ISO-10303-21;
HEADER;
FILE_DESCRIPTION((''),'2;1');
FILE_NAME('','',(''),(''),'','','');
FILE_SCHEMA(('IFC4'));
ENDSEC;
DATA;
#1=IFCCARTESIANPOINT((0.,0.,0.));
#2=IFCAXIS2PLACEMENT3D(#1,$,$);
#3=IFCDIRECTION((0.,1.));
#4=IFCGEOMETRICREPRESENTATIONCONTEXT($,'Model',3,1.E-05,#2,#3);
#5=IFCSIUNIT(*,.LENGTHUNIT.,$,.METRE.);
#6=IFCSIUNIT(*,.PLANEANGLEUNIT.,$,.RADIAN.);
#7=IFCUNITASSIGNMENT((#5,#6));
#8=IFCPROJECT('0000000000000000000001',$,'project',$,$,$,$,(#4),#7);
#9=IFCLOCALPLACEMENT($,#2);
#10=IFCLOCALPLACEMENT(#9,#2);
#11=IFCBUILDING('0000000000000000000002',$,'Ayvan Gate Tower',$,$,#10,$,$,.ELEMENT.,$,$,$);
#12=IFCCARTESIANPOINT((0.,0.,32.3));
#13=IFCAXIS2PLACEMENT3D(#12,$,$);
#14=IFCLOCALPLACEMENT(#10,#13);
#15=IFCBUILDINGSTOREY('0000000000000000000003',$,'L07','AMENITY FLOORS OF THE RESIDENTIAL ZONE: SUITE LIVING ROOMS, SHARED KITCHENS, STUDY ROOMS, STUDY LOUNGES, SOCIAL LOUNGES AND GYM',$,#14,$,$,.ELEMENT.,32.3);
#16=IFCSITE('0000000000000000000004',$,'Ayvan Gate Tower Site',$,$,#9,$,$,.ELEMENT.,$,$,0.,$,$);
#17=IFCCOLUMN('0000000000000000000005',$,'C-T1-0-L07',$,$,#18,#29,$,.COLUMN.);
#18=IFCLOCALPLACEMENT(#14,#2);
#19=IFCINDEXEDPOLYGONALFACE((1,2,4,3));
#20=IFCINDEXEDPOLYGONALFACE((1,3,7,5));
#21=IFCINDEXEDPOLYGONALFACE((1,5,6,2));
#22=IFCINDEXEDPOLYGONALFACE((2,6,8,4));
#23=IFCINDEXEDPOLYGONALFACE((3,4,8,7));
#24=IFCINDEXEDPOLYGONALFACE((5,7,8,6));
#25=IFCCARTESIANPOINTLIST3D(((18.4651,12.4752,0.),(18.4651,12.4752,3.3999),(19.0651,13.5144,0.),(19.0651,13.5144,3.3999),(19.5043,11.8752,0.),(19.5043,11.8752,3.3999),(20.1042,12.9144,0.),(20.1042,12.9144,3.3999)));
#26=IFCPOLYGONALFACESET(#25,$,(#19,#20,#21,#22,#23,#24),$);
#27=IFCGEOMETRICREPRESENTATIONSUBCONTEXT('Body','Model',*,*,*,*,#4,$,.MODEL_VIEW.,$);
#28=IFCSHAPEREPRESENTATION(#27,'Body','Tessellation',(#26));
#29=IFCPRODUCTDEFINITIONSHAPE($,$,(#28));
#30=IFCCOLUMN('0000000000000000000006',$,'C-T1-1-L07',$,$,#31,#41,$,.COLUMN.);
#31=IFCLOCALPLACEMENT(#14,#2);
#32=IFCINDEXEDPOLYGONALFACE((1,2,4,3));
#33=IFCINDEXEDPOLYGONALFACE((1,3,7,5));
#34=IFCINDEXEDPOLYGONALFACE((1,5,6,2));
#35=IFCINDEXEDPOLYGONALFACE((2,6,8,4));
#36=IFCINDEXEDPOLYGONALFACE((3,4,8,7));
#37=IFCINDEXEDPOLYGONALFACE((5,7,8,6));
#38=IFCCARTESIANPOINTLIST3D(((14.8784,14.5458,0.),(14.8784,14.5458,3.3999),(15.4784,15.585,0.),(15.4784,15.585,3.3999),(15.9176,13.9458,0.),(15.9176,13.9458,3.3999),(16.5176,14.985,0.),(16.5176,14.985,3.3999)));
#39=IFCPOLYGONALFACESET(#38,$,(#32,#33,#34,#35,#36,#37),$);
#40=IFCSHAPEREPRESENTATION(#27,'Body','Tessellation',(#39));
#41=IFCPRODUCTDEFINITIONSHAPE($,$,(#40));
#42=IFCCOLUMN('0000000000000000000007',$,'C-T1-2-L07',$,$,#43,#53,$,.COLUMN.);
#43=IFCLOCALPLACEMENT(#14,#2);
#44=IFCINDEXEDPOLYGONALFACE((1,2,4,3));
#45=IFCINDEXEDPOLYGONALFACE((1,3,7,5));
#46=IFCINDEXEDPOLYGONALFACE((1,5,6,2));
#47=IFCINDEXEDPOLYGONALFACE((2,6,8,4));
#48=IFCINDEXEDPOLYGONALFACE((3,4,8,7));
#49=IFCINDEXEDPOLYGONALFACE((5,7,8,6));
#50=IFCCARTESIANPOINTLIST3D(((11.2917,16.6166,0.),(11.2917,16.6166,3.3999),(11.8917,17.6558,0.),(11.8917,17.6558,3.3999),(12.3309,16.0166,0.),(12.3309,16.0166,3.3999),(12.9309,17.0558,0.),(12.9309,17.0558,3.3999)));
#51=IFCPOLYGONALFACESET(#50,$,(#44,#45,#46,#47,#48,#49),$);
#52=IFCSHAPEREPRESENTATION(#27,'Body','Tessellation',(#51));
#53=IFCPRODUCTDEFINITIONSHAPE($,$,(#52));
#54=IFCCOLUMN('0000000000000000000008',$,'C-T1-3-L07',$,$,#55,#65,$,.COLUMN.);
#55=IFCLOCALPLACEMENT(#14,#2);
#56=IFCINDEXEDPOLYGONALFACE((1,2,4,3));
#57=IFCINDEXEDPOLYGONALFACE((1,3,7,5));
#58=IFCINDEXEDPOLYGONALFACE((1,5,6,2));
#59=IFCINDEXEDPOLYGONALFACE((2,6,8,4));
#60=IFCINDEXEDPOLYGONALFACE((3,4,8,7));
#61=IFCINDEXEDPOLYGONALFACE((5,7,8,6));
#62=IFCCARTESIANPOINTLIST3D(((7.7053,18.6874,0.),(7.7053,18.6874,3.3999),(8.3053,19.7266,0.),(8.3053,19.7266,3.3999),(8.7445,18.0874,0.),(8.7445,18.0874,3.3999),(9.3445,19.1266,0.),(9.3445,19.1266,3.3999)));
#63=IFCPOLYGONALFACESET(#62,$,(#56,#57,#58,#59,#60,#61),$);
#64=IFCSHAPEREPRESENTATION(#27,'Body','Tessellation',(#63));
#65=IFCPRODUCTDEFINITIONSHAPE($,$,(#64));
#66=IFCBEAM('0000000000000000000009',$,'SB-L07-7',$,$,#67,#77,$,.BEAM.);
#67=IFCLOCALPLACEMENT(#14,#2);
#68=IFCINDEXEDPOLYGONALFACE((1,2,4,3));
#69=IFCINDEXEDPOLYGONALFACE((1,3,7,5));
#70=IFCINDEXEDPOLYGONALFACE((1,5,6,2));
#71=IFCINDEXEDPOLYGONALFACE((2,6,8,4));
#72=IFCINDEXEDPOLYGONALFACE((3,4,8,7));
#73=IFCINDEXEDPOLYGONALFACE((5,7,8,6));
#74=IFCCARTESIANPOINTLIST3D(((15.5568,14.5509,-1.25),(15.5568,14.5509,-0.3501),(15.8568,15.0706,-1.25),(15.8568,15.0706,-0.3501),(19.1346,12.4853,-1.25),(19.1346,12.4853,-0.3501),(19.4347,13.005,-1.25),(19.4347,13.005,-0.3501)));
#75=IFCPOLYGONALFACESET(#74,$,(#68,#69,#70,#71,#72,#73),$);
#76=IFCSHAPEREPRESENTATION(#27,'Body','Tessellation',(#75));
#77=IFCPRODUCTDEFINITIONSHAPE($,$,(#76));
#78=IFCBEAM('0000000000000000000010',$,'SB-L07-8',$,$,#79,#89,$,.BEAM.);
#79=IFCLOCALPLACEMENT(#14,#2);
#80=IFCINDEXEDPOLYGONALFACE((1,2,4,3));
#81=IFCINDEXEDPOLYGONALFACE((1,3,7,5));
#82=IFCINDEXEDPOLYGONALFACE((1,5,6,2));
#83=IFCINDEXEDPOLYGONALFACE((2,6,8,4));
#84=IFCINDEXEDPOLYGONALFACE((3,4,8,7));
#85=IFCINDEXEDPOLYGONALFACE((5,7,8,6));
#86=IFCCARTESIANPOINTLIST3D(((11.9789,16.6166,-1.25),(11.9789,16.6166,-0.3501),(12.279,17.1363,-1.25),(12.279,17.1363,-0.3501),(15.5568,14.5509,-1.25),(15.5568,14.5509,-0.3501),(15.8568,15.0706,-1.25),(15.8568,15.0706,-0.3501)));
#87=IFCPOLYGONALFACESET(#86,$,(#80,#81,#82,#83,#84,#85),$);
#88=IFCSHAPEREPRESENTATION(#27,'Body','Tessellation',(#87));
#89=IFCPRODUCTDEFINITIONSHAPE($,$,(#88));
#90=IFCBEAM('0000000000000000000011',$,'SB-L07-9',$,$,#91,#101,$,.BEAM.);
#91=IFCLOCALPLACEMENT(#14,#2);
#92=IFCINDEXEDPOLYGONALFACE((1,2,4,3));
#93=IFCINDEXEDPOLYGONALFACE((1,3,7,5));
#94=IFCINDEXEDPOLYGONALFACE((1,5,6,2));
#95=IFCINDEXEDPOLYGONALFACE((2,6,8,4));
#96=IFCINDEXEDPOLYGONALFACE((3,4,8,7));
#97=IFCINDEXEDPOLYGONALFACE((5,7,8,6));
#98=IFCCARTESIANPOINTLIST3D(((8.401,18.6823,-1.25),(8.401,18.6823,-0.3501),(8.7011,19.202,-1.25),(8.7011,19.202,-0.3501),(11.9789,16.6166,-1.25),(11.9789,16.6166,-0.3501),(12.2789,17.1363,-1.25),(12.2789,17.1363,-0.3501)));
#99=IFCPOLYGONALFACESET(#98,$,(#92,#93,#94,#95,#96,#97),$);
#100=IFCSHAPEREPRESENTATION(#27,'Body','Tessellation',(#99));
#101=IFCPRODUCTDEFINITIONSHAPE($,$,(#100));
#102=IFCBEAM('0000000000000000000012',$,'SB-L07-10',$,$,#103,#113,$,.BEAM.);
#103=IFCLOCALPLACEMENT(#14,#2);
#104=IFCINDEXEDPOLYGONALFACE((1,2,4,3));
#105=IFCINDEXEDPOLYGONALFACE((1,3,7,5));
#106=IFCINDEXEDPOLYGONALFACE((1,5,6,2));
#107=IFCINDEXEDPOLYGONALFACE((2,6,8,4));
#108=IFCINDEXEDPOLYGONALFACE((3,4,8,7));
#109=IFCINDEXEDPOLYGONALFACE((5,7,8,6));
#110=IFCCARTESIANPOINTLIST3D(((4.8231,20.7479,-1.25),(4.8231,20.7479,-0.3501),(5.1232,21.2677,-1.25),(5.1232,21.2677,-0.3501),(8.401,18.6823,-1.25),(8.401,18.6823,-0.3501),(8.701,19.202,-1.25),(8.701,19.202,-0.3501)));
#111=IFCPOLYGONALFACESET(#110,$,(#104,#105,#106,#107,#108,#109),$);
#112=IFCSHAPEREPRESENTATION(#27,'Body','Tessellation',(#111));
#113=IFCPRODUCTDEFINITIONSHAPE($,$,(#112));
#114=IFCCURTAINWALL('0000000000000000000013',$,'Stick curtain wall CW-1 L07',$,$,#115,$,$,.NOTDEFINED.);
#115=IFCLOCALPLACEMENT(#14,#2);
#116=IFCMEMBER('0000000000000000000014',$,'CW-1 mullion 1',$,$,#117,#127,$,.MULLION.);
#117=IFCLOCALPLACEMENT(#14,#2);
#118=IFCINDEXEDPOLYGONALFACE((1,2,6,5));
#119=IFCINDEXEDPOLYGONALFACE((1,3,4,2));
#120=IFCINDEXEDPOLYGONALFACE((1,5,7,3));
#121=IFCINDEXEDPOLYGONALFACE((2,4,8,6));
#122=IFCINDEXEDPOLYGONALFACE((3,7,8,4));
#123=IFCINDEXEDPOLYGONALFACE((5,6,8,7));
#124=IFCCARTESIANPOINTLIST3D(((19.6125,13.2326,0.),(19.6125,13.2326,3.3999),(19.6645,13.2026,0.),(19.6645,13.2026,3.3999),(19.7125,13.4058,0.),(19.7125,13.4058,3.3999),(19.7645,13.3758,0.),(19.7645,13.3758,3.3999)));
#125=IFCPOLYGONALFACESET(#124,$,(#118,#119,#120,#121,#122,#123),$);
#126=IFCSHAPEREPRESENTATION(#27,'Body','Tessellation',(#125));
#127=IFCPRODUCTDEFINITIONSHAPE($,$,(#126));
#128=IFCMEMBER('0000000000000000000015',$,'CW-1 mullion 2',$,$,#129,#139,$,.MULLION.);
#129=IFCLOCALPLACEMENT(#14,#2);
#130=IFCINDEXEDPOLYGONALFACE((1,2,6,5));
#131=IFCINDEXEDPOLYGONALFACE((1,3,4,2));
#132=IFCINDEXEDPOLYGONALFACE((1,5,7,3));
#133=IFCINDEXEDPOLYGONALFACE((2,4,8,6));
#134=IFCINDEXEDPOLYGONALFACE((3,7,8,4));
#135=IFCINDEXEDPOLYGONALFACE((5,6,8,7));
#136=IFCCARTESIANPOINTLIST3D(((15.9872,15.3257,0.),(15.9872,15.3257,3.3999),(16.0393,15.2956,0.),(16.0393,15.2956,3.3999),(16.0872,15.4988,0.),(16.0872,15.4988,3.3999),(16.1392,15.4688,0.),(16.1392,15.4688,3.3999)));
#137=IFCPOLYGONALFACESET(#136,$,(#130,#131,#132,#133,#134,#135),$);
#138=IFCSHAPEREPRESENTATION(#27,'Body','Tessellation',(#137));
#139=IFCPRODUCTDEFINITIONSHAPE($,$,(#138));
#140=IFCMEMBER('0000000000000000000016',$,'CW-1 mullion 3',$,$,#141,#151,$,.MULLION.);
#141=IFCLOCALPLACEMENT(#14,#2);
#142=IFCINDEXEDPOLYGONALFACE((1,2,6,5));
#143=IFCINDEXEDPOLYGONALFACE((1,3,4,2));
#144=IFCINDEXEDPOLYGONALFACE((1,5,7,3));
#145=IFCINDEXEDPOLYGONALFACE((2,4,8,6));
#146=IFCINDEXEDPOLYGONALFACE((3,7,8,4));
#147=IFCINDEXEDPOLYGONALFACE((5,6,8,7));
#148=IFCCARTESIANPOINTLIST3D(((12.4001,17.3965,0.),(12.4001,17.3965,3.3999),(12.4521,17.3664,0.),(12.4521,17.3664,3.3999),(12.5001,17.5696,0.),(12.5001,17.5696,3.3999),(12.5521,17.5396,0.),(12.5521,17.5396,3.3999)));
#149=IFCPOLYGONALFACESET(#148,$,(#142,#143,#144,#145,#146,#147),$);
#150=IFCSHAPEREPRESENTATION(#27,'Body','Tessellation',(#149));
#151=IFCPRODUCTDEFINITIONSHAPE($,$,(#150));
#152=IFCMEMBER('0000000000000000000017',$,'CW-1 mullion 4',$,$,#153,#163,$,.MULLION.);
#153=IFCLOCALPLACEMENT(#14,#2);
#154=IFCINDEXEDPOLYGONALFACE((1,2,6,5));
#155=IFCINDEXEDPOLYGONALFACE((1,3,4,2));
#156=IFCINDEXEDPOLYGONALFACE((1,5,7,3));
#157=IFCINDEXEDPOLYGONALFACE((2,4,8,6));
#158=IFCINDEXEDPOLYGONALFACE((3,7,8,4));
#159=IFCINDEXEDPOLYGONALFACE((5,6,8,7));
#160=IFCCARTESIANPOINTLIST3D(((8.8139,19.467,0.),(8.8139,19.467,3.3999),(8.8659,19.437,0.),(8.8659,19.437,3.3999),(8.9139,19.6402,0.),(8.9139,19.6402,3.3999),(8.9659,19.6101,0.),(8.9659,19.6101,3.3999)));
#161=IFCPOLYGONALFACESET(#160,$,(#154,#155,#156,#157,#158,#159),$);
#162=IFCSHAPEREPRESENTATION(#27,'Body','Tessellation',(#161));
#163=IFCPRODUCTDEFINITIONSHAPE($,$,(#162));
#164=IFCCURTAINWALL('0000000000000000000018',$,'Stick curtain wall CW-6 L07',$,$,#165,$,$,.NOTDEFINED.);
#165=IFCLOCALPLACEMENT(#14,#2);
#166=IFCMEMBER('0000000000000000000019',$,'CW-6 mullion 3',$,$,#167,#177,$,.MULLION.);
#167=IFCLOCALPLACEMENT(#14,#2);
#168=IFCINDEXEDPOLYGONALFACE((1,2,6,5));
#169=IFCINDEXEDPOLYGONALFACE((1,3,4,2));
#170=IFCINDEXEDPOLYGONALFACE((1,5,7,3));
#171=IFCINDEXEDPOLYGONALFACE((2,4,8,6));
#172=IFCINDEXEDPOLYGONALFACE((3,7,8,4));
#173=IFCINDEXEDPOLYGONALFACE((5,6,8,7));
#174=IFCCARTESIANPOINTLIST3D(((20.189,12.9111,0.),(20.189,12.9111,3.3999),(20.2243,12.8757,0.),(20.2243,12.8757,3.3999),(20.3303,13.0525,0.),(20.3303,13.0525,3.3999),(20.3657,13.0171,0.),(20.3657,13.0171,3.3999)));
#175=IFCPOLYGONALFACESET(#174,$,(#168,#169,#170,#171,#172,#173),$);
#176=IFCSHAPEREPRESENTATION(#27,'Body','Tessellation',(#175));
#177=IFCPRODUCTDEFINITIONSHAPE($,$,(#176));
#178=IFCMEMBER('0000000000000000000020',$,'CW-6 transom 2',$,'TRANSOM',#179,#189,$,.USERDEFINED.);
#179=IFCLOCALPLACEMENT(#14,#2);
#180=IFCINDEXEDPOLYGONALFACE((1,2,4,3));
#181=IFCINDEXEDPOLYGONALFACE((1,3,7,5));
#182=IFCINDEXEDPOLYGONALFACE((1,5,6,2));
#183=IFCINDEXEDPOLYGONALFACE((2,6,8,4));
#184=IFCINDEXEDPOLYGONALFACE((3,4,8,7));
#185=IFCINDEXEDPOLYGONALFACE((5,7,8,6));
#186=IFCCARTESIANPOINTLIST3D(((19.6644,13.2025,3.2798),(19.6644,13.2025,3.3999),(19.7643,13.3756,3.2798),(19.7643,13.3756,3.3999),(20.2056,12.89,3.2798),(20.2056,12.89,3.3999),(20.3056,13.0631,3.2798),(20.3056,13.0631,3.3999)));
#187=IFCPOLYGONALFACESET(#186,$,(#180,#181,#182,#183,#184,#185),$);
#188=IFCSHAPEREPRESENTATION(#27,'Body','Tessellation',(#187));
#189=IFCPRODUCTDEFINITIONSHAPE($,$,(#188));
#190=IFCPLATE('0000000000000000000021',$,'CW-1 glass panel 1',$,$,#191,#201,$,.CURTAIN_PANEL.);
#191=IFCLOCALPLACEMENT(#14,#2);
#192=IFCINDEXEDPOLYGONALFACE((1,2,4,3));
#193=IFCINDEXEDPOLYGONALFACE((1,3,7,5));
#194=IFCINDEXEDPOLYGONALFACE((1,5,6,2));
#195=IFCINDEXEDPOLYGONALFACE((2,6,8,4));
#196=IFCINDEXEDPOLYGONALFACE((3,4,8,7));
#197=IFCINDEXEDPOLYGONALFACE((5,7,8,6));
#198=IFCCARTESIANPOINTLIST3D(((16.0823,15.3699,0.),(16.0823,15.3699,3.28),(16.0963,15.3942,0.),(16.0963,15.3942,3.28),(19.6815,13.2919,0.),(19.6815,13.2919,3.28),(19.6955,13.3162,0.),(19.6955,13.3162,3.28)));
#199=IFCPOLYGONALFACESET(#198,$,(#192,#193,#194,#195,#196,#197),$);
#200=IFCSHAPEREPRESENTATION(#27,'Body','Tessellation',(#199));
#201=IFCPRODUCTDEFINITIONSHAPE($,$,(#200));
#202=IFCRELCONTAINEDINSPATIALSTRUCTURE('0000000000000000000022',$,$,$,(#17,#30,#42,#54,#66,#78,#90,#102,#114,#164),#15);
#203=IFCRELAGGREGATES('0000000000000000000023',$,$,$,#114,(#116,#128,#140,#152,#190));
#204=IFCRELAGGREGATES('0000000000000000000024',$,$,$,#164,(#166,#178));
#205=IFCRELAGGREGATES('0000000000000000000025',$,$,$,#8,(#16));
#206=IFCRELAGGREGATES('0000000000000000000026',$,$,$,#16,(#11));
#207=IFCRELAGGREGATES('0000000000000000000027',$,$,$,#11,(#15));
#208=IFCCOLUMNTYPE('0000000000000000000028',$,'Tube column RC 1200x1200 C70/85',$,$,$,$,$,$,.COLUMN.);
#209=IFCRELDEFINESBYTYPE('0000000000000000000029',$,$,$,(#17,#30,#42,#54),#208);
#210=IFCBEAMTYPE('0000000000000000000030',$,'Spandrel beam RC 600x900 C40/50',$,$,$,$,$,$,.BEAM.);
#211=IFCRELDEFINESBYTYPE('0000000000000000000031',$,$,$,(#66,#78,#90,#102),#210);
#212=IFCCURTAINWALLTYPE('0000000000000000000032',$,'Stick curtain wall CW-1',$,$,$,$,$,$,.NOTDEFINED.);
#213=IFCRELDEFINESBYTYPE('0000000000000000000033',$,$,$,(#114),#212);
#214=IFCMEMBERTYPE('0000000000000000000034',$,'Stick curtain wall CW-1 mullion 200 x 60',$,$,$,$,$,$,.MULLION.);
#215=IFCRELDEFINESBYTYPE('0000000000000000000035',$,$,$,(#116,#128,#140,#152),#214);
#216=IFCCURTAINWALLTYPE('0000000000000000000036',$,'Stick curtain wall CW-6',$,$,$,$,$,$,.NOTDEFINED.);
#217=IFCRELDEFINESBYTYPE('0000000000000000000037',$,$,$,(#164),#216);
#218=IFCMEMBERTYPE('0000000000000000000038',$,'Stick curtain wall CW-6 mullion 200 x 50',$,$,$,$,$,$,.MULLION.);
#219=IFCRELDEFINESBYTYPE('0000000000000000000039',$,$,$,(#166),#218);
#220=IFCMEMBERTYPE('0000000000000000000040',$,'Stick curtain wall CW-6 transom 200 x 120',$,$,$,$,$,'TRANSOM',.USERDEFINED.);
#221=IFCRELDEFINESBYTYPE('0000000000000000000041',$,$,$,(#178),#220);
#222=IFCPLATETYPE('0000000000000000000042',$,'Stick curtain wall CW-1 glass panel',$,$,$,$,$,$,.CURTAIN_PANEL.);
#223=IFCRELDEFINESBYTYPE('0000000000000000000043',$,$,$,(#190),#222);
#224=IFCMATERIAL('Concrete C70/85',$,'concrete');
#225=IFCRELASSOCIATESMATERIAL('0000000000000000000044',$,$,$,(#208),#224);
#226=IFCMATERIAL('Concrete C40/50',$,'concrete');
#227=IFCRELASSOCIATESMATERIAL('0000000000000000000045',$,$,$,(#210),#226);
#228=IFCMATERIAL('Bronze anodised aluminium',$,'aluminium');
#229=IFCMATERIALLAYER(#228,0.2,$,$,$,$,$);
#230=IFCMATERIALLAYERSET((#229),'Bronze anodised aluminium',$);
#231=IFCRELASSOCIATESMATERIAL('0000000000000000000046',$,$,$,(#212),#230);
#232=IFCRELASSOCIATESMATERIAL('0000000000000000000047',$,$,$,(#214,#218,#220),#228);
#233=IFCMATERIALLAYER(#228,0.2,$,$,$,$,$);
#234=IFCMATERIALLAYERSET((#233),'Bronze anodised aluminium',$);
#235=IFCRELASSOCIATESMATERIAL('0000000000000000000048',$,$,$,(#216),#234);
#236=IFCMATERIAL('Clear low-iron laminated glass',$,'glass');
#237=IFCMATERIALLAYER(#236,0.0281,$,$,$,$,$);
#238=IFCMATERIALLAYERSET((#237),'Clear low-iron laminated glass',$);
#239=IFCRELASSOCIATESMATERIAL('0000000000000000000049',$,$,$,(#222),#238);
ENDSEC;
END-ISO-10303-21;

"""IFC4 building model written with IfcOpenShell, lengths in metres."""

from ifc_helpers import new_model, si_unit, direction, frame, origin, origin_2d, place, context, subcontext, project, spatial, rectangle, extrude, material, layer, layer_set, material_profile, profile_set, type_object, element, aggregate, save


model = new_model("IFC4")

# Units and contexts
model_context = context("Model", 3, precision=1e-05, world=origin(), true_north=direction((0.0, 1.0)))
body_context = subcontext(model_context, "Body", "Model", "MODEL_VIEW")
ifc_project = project(units=[si_unit("LENGTHUNIT", "METRE"), si_unit("PLANEANGLEUNIT", "RADIAN")], contexts=[model_context])

# Site, building, storey
site_placement = place(None, origin())
site = spatial("IfcSite", under=ifc_project, at=site_placement, Name="Ayvan Gate Tower Site", CompositionType="ELEMENT", RefElevation=0.0)
building_placement = place(site_placement, origin())
building = spatial("IfcBuilding", under=site, at=building_placement, Name="Ayvan Gate Tower", CompositionType="ELEMENT")
storey_placement = place(building_placement, frame((0.0, 0.0, 32.3)))
storey = spatial("IfcBuildingStorey", under=building, at=storey_placement, Name="L07", Description="AMENITY FLOORS OF THE RESIDENTIAL ZONE: SUITE LIVING ROOMS, SHARED KITCHENS, STUDY ROOMS, STUDY LOUNGES, SOCIAL LOUNGES AND GYM", CompositionType="ELEMENT", Elevation=32.3)

# Columns
ifc_material_1 = material(Name="Concrete C70/85", Category="concrete")
ifc_material_profile_1 = material_profile(ifc_material_1, rectangle(XDim=1.2, YDim=1.2, at=origin_2d()), Name="RC 1200x1200")
ifc_profile_set_1 = profile_set([ifc_material_profile_1], Name="Concrete C70/85")
column_type = type_object("IfcColumnType", Name="Tube column RC 1200x1200 C70/85", PredefinedType="COLUMN", material=ifc_profile_set_1)
for number, where, z_axis, x_axis, name in (
    (1, (19.2847, 12.6948, 0.0), (0.0, 0.0, 1.0), (0.5, 0.866025, 0.0), "C-T1-0-L07"),
    (2, (15.698, 14.7654, 0.0), (0.0, 0.0, 1.0), (0.5, 0.866025, 0.0), "C-T1-1-L07"),
    (3, (12.1113, 16.8362, 0.0), (0.0, 0.0, 1.0), (0.5, 0.866025, 0.0), "C-T1-2-L07"),
    (4, (8.5249, 18.907, 0.0), (0.0, 0.0, 1.0), (0.5, 0.866025, 0.0), "C-T1-3-L07"),
):
    element("IfcColumn", number, at=place(storey_placement, frame(where, z_axis=z_axis, x_axis=x_axis)), inside=storey, type_object=column_type, Name=name, PredefinedType="COLUMN", context=body_context, shape_type="SweptSolid", body=[
        extrude(rectangle(XDim=1.2, YDim=1.2, at=origin_2d()), origin(), (0.0, 0.0, 1.0), 3.3999),
    ])

# Beams
ifc_material_2 = material(Name="Concrete C40/50", Category="concrete")
ifc_material_profile_2 = material_profile(ifc_material_2, rectangle(XDim=0.6001, YDim=0.8999, at=origin_2d()), Name="RC 600x900")
ifc_profile_set_2 = profile_set([ifc_material_profile_2], Name="Concrete C40/50")
beam_type = type_object("IfcBeamType", Name="Spandrel beam RC 600x900 C40/50", PredefinedType="BEAM", material=ifc_profile_set_2)
for number, where, z_axis, x_axis, name in (
    (5, (19.2847, 12.7451, -0.8), (-0.866027, 0.499997, 0.0), (-0.499997, -0.866027, 0.0), "SB-L07-7"),
    (6, (15.7068, 14.8108, -0.8), (-0.866027, 0.499997, 0.0), (-0.499997, -0.866027, 0.0), "SB-L07-8"),
    (7, (12.1289, 16.8765, -0.8), (-0.866027, 0.499997, 0.0), (-0.499997, -0.866027, 0.0), "SB-L07-9"),
    (8, (8.551, 18.9421, -0.8), (-0.866027, 0.499997, 0.0), (-0.499997, -0.866027, 0.0), "SB-L07-10"),
):
    element("IfcBeam", number, at=place(storey_placement, frame(where, z_axis=z_axis, x_axis=x_axis)), inside=storey, type_object=beam_type, Name=name, PredefinedType="BEAM", context=body_context, shape_type="SweptSolid", body=[
        extrude(rectangle(XDim=0.6001, YDim=0.8999, at=origin_2d()), origin(), (0.0, 0.0, 1.0), 4.1313),
    ])

# Curtain walls, members
ifc_material_3 = material(Name="Bronze anodised aluminium", Category="aluminium")
ifc_layer_1 = layer(ifc_material_3, 0.2)
ifc_layer_set_1 = layer_set([ifc_layer_1], Name="Bronze anodised aluminium")
curtain_wall_type_1 = type_object("IfcCurtainWallType", Name="Stick curtain wall CW-1", PredefinedType="NOTDEFINED", material=ifc_layer_set_1)
curtain_wall_1_placement = place(storey_placement, origin())
curtain_wall_1 = element("IfcCurtainWall", 9, at=curtain_wall_1_placement, inside=storey, type_object=curtain_wall_type_1, Name="Stick curtain wall CW-1 L07", PredefinedType="NOTDEFINED")
ifc_material_profile_3 = material_profile(ifc_material_3, rectangle(XDim=0.2, YDim=0.0601, at=origin_2d()), Name="Stick curtain wall CW-1 mullion 200 x 60")
ifc_profile_set_3 = profile_set([ifc_material_profile_3], Name="Bronze anodised aluminium")
member_type_1 = type_object("IfcMemberType", Name="Stick curtain wall CW-1 mullion 200 x 60", PredefinedType="MULLION", material=ifc_profile_set_3)
member_1_placement = place(storey_placement, frame((19.6885, 13.3042, 0.0), z_axis=(0.0, 0.0, 1.0), x_axis=(0.5, 0.866025, 0.0)))
member_1 = element("IfcMember", 10, at=member_1_placement, type_object=member_type_1, Name="CW-1 mullion 1", PredefinedType="MULLION", context=body_context, shape_type="SweptSolid", body=[
    extrude(rectangle(XDim=0.2, YDim=0.0601, at=origin_2d()), origin(), (0.0, 0.0, 1.0), 3.3999),
])
member_2_placement = place(storey_placement, frame((16.0632, 15.3972, 0.0), z_axis=(0.0, 0.0, 1.0), x_axis=(0.5, 0.866025, 0.0)))
member_2 = element("IfcMember", 11, at=member_2_placement, type_object=member_type_1, Name="CW-1 mullion 2", PredefinedType="MULLION", context=body_context, shape_type="SweptSolid", body=[
    extrude(rectangle(XDim=0.2, YDim=0.0601, at=origin_2d()), origin(), (0.0, 0.0, 1.0), 3.3999),
])
member_3_placement = place(storey_placement, frame((12.4761, 17.468, 0.0), z_axis=(0.0, 0.0, 1.0), x_axis=(0.5, 0.866025, 0.0)))
member_3 = element("IfcMember", 12, at=member_3_placement, type_object=member_type_1, Name="CW-1 mullion 3", PredefinedType="MULLION", context=body_context, shape_type="SweptSolid", body=[
    extrude(rectangle(XDim=0.2, YDim=0.0601, at=origin_2d()), origin(), (0.0, 0.0, 1.0), 3.3999),
])
member_4_placement = place(storey_placement, frame((8.8899, 19.5386, 0.0), z_axis=(0.0, 0.0, 1.0), x_axis=(0.5, 0.866025, 0.0)))
member_4 = element("IfcMember", 13, at=member_4_placement, type_object=member_type_1, Name="CW-1 mullion 4", PredefinedType="MULLION", context=body_context, shape_type="SweptSolid", body=[
    extrude(rectangle(XDim=0.2, YDim=0.0601, at=origin_2d()), origin(), (0.0, 0.0, 1.0), 3.3999),
])
ifc_layer_2 = layer(ifc_material_3, 0.2)
ifc_layer_set_2 = layer_set([ifc_layer_2], Name="Bronze anodised aluminium")
curtain_wall_type_2 = type_object("IfcCurtainWallType", Name="Stick curtain wall CW-6", PredefinedType="NOTDEFINED", material=ifc_layer_set_2)
curtain_wall_2_placement = place(storey_placement, origin())
curtain_wall_2 = element("IfcCurtainWall", 14, at=curtain_wall_2_placement, inside=storey, type_object=curtain_wall_type_2, Name="Stick curtain wall CW-6 L07", PredefinedType="NOTDEFINED")
ifc_material_profile_4 = material_profile(ifc_material_3, rectangle(XDim=0.2, YDim=0.05, at=origin_2d()), Name="Stick curtain wall CW-6 mullion 200 x 50")
ifc_profile_set_4 = profile_set([ifc_material_profile_4], Name="Bronze anodised aluminium")
member_type_2 = type_object("IfcMemberType", Name="Stick curtain wall CW-6 mullion 200 x 50", PredefinedType="MULLION", material=ifc_profile_set_4)
member_5_placement = place(storey_placement, frame((20.2773, 12.9641, 0.0), z_axis=(0.0, 0.0, 1.0), x_axis=(0.707107, 0.707107, 0.0)))
member_5 = element("IfcMember", 15, at=member_5_placement, type_object=member_type_2, Name="CW-6 mullion 3", PredefinedType="MULLION", context=body_context, shape_type="SweptSolid", body=[
    extrude(rectangle(XDim=0.2, YDim=0.05, at=origin_2d()), origin(), (0.0, 0.0, 1.0), 3.3999),
])
ifc_material_profile_5 = material_profile(ifc_material_3, rectangle(XDim=0.2, YDim=0.1201, at=origin_2d()), Name="Stick curtain wall CW-6 transom 200 x 120")
ifc_profile_set_5 = profile_set([ifc_material_profile_5], Name="Bronze anodised aluminium")
member_type_3 = type_object("IfcMemberType", Name="Stick curtain wall CW-6 transom 200 x 120", ElementType="TRANSOM", PredefinedType="USERDEFINED", material=ifc_profile_set_5)
member_6_placement = place(storey_placement, frame((20.2556, 12.9766, 3.3398), z_axis=(-0.866023, 0.500004, 0.0), x_axis=(-0.500004, -0.866023, 0.0)))
member_6 = element("IfcMember", 16, at=member_6_placement, type_object=member_type_3, Name="CW-6 transom 2", ObjectType="TRANSOM", PredefinedType="USERDEFINED", context=body_context, shape_type="SweptSolid", body=[
    extrude(rectangle(XDim=0.2, YDim=0.1201, at=origin_2d()), origin(), (0.0, 0.0, 1.0), 0.625),
])

# Plate
ifc_material_4 = material(Name="Clear low-iron laminated glass", Category="glass")
ifc_layer_3 = layer(ifc_material_4, 0.0281)
ifc_layer_set_3 = layer_set([ifc_layer_3], Name="Clear low-iron laminated glass")
plate_type_1 = type_object("IfcPlateType", Name="Stick curtain wall CW-1 glass panel", PredefinedType="CURTAIN_PANEL", material=ifc_layer_set_3)
plate_1_placement = place(storey_placement, frame((17.8889, 14.343, 0.0), z_axis=(0.0, 0.0, 1.0), x_axis=(-0.866025, 0.5, 0.0)))
plate_1 = element("IfcPlate", 17, at=plate_1_placement, type_object=plate_type_1, Name="CW-1 glass panel 1", PredefinedType="CURTAIN_PANEL", context=body_context, shape_type="SweptSolid", body=[
    extrude(rectangle(XDim=4.156, YDim=0.0281, at=origin_2d()), origin(), (0.0, 0.0, 1.0), 3.28),
])
aggregate(curtain_wall_1, [member_1, member_2, member_3, member_4, plate_1])
aggregate(curtain_wall_2, [member_5, member_6])

save(model, "model.ifc")
